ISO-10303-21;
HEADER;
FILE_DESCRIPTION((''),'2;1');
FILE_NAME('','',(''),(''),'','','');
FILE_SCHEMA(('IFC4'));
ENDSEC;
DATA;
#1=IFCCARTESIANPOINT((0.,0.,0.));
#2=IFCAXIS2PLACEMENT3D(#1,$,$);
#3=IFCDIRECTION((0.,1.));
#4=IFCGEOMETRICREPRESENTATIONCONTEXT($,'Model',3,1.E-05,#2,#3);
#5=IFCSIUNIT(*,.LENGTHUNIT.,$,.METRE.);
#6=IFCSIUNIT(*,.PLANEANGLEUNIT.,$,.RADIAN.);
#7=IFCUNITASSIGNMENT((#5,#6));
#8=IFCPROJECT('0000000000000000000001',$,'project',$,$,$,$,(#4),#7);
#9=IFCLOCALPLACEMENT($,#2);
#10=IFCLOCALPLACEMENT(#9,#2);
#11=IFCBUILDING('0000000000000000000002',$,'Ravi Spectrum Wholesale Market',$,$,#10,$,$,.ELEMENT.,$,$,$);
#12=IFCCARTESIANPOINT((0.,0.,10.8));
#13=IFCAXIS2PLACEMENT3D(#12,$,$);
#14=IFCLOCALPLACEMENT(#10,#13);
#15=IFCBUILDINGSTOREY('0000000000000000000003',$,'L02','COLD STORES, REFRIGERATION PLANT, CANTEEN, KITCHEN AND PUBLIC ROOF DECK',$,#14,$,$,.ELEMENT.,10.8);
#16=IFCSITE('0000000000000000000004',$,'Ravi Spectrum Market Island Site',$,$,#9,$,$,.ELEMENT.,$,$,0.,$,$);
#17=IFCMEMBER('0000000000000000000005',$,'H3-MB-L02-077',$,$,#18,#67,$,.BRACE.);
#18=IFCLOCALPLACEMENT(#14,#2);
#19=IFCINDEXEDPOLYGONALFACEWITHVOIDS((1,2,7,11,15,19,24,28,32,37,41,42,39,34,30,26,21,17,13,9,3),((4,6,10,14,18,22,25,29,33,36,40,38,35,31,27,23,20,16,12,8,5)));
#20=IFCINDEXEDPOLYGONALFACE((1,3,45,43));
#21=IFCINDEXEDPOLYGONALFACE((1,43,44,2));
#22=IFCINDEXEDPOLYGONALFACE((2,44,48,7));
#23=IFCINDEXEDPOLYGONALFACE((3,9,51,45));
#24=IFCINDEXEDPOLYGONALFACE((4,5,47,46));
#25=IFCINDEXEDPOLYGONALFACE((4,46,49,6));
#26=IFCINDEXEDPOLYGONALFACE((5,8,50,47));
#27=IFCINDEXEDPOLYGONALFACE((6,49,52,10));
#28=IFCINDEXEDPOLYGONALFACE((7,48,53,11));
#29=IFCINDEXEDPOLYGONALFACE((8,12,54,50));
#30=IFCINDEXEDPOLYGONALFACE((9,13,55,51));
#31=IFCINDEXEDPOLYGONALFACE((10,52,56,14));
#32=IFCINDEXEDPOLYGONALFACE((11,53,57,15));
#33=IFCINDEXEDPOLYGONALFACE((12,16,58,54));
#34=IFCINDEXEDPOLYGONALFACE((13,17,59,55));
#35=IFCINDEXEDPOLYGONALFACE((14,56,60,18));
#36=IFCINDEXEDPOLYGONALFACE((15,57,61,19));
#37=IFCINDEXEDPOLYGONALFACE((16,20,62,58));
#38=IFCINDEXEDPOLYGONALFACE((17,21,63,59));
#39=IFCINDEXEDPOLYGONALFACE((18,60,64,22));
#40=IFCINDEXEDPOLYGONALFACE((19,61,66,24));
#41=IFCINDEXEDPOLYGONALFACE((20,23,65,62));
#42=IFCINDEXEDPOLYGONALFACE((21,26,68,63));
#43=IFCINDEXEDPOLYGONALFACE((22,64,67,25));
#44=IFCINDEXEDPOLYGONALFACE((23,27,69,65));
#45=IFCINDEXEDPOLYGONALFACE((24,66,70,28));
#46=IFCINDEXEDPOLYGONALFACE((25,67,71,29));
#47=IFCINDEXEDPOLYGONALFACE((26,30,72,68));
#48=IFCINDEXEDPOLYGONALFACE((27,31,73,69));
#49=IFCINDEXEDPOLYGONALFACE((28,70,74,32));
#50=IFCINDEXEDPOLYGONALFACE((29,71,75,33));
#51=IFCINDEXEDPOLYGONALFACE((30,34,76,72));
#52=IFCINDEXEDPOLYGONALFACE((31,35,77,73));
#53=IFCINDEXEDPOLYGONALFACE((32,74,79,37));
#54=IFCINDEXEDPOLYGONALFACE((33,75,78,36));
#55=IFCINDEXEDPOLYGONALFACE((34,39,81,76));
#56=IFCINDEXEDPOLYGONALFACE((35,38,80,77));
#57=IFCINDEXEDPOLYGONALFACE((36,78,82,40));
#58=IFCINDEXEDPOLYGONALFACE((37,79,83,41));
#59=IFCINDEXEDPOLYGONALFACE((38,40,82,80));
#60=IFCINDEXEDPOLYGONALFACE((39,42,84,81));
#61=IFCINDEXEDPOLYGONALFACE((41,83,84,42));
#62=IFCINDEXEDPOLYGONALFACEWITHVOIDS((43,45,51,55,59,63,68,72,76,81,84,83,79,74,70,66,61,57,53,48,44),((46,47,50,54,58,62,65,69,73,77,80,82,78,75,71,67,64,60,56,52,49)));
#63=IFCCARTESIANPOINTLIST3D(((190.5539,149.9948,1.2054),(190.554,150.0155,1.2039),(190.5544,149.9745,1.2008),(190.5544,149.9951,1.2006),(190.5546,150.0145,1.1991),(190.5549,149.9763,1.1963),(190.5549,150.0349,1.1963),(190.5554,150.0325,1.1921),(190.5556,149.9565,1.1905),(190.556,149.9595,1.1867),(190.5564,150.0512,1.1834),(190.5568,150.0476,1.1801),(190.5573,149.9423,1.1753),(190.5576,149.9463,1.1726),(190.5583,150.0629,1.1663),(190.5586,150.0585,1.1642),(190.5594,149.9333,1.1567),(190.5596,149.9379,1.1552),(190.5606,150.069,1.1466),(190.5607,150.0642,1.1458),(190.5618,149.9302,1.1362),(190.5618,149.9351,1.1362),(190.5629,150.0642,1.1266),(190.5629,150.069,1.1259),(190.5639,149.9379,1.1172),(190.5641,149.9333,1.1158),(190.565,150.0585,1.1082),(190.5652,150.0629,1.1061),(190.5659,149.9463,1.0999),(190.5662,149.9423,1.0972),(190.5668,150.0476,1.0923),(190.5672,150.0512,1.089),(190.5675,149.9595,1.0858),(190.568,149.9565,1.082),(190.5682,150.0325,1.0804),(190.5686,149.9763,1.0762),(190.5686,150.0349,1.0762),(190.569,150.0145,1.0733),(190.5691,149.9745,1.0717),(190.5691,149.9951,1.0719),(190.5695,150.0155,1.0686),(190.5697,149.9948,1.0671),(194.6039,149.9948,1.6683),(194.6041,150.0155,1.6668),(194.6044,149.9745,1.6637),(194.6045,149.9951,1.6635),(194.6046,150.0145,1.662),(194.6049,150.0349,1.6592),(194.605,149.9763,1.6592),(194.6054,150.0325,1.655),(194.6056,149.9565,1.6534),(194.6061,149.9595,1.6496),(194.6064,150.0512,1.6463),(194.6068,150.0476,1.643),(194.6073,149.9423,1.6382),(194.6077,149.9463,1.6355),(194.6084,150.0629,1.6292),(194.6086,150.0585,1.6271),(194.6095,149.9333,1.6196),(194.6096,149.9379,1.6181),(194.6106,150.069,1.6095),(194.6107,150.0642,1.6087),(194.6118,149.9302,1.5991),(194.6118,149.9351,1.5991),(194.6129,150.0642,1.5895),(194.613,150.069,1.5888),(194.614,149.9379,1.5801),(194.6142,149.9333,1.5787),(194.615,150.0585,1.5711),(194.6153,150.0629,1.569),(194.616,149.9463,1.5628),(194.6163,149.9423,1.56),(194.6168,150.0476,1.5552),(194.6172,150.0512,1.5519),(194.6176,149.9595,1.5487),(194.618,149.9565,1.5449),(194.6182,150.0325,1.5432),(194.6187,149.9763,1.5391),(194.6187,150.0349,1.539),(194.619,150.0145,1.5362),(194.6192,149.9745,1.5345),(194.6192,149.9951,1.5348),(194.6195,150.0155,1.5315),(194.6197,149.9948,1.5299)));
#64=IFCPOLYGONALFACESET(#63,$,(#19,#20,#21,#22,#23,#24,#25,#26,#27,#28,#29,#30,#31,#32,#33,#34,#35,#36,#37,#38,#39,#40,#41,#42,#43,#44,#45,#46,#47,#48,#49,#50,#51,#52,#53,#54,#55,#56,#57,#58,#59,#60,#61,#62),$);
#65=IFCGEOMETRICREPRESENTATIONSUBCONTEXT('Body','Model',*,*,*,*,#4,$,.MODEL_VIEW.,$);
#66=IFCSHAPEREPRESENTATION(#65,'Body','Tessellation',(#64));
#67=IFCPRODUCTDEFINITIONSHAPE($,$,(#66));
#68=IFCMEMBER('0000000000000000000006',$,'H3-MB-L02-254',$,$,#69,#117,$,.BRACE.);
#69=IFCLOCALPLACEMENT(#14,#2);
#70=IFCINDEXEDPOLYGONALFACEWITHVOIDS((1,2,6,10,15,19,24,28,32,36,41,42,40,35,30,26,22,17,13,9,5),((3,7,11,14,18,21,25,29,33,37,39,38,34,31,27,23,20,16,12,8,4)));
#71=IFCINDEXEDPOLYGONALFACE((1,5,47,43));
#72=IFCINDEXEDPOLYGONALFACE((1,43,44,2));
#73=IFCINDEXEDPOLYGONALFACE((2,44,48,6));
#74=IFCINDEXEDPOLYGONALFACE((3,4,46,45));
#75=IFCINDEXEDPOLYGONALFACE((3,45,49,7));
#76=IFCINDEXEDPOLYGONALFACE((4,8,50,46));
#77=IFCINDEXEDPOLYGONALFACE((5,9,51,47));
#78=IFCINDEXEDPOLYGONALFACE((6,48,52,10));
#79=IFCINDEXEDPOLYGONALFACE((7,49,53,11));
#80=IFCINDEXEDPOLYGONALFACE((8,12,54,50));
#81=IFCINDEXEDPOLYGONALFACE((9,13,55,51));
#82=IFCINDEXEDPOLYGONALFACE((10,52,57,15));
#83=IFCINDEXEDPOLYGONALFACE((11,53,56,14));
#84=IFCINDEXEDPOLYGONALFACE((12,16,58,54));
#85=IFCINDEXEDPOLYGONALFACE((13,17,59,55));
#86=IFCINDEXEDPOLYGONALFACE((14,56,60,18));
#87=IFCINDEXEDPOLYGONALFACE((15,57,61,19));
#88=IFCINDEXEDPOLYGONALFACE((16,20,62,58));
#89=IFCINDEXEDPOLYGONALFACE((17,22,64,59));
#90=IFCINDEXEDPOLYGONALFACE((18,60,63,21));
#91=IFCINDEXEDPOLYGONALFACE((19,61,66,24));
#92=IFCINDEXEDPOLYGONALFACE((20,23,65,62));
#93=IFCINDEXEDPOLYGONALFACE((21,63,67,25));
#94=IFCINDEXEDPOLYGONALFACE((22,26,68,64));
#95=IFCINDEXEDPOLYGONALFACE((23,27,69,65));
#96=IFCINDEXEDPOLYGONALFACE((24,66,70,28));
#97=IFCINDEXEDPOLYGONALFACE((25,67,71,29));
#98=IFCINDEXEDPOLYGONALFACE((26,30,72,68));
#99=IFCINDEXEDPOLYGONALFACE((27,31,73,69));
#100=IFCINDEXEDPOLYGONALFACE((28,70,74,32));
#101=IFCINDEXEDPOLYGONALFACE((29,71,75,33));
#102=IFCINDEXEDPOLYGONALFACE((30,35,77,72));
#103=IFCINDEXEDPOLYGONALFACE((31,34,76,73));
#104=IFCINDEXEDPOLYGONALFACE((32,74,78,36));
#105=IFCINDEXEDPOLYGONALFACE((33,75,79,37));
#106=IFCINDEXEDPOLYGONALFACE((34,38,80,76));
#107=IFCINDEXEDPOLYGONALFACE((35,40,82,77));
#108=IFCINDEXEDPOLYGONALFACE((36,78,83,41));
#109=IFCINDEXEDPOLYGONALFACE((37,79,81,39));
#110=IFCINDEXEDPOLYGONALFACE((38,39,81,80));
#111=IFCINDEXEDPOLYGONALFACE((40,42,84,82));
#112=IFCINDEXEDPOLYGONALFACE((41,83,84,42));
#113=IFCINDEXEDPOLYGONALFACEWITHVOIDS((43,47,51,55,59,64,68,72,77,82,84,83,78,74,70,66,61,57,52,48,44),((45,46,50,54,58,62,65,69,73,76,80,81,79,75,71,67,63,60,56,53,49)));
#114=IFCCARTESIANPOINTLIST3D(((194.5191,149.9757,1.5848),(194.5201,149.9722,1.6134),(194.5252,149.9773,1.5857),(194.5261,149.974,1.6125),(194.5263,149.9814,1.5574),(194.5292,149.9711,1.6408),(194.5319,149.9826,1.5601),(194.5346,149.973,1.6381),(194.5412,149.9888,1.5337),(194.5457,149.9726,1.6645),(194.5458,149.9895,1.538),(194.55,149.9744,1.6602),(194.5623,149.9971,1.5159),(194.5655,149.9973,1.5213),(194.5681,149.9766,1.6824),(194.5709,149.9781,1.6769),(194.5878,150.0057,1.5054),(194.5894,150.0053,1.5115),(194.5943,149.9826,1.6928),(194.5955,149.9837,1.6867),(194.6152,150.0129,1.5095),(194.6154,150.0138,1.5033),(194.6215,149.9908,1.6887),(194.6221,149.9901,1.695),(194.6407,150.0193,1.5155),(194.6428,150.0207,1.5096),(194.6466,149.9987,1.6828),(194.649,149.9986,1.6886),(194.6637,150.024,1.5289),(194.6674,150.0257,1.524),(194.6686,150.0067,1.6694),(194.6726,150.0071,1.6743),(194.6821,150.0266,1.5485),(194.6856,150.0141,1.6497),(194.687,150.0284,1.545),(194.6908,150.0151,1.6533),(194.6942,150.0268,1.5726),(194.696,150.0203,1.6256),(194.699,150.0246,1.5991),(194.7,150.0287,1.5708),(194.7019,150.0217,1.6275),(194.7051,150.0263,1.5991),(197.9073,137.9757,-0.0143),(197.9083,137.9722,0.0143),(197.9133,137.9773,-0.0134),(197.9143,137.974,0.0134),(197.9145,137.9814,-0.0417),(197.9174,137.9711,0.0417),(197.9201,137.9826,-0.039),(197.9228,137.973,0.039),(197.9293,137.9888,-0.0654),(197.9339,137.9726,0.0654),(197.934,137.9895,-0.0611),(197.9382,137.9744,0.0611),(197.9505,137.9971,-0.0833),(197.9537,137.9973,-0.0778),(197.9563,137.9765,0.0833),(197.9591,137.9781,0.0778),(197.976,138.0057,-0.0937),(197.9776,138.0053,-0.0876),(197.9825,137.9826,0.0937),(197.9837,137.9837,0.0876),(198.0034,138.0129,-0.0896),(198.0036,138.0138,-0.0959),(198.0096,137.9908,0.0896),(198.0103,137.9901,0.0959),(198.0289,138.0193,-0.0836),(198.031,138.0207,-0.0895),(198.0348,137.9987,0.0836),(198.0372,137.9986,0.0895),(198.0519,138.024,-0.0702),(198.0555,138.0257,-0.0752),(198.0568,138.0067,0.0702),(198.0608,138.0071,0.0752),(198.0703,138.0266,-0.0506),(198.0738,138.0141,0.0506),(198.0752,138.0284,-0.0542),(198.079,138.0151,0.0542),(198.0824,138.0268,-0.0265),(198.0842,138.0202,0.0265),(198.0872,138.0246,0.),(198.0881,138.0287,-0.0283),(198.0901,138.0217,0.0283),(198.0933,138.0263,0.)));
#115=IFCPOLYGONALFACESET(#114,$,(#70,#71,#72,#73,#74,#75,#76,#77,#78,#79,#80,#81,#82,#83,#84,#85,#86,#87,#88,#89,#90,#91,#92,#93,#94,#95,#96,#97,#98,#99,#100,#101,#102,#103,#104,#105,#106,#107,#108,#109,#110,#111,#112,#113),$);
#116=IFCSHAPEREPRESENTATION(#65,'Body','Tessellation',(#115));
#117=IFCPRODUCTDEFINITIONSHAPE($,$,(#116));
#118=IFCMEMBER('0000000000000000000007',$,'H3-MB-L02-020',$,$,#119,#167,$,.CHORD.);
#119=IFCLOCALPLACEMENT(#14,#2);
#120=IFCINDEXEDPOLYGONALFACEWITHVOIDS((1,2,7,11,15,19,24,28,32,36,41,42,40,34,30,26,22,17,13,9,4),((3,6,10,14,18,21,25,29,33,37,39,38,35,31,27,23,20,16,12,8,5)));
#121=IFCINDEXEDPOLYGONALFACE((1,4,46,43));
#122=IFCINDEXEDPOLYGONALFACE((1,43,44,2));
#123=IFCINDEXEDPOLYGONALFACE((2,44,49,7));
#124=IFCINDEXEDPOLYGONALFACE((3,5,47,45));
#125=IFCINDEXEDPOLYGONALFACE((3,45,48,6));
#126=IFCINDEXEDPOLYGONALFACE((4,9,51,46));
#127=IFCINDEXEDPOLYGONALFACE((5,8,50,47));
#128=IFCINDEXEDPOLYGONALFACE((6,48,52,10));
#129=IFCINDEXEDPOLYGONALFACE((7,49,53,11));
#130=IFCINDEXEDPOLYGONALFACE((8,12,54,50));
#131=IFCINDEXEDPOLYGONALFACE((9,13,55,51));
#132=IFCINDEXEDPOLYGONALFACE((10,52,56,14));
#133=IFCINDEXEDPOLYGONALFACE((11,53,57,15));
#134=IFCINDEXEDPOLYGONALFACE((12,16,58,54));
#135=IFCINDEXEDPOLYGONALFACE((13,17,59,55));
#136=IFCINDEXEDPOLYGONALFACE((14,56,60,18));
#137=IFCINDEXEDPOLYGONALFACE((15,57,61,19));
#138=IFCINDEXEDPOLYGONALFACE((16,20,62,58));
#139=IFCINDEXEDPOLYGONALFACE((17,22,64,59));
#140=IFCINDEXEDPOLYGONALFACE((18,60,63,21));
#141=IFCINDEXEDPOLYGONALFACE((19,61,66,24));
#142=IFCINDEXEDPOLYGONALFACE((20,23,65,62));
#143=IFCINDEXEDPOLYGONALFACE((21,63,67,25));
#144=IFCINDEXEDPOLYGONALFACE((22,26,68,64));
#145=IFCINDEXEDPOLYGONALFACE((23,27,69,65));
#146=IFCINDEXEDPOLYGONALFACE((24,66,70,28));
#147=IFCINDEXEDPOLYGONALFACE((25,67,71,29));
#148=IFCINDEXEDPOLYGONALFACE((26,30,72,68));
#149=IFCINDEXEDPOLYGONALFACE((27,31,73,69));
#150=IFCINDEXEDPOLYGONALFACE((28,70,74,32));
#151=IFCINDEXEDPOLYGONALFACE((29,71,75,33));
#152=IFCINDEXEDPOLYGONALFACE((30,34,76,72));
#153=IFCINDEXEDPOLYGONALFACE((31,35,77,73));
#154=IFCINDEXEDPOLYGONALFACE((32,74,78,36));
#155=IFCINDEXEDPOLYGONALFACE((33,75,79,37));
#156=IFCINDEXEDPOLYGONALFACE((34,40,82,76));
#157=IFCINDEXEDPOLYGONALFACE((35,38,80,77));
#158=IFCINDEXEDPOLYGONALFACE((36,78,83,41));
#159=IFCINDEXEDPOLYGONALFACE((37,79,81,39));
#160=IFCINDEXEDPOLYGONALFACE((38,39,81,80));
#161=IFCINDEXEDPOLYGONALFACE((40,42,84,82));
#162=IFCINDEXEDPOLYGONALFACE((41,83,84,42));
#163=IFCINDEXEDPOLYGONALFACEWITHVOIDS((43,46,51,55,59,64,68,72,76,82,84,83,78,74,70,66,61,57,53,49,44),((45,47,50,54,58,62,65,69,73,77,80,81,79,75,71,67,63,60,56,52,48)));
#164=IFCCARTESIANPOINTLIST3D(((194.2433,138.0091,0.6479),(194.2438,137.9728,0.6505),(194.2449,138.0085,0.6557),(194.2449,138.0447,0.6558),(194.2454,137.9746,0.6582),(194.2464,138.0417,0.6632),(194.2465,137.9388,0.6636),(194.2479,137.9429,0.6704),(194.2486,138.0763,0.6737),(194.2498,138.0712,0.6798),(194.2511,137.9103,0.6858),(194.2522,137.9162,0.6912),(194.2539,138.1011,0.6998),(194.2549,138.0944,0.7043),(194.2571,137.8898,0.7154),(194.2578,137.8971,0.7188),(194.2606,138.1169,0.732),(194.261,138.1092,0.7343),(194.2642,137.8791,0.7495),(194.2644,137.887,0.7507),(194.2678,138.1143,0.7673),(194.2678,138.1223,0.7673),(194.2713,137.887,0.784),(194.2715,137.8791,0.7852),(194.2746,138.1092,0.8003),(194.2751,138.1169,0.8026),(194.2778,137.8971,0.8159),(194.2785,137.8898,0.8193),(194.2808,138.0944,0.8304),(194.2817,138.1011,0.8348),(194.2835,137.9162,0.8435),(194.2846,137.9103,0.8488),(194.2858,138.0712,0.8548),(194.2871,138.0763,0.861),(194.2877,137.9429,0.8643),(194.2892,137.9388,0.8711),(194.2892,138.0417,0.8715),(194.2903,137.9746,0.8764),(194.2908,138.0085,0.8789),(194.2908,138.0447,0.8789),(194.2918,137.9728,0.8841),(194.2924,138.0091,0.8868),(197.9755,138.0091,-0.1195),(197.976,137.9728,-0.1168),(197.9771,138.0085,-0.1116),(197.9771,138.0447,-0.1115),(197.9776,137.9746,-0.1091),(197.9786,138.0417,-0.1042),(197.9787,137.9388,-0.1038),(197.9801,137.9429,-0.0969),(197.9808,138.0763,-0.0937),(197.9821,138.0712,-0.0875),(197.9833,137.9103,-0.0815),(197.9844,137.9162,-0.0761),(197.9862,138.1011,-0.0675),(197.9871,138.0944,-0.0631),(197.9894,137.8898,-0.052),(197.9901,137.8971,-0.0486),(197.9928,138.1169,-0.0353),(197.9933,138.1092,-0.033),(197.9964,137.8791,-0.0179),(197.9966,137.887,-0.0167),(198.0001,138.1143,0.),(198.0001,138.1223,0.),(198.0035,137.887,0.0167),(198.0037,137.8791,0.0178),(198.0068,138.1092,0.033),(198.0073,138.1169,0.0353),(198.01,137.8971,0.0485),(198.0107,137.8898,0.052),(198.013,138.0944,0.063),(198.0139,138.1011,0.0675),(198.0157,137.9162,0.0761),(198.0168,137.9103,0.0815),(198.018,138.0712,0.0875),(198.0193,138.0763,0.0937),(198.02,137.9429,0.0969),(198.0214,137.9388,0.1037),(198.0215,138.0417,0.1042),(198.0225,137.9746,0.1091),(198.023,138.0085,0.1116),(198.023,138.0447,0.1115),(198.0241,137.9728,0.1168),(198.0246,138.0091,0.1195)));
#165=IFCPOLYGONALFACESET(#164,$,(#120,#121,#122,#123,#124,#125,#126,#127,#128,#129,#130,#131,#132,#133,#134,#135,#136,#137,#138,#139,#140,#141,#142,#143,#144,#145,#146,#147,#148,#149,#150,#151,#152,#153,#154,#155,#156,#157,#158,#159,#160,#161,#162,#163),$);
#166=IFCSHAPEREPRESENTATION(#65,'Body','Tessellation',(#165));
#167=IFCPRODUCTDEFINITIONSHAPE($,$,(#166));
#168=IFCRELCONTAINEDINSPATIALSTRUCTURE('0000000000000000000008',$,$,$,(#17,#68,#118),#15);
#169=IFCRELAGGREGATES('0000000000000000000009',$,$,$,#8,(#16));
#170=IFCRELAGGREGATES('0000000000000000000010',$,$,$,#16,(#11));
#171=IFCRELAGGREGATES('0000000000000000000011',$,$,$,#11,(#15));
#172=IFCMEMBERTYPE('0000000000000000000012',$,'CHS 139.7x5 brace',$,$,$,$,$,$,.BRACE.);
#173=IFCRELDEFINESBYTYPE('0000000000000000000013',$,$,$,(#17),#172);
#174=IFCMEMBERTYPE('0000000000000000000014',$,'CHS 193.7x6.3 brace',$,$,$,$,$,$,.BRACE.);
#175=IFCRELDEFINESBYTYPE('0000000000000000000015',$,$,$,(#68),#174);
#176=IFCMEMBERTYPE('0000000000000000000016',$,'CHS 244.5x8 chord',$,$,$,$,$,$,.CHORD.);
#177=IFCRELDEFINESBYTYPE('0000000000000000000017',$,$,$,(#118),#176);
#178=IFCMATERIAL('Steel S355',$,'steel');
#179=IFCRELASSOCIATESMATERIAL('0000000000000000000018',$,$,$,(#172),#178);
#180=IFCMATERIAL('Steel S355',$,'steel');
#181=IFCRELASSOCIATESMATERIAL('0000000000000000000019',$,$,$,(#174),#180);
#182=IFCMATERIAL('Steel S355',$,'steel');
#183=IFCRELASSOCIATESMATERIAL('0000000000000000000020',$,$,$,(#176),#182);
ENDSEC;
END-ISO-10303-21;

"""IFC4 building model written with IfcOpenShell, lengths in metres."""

from ifc_helpers import new_model, si_unit, direction, frame, origin, origin_2d, place, context, subcontext, project, spatial, hollow_circle, extrude, material, material_profile, profile_set, type_object, element, save


model = new_model("IFC4")

# Units and contexts
model_context = context("Model", 3, precision=1e-05, world=origin(), true_north=direction((0.0, 1.0)))
body_context = subcontext(model_context, "Body", "Model", "MODEL_VIEW")
ifc_project = project(units=[si_unit("LENGTHUNIT", "METRE"), si_unit("PLANEANGLEUNIT", "RADIAN")], contexts=[model_context])

# Site, building, storey
site_placement = place(None, origin())
site = spatial("IfcSite", under=ifc_project, at=site_placement, Name="Ravi Spectrum Market Island Site", CompositionType="ELEMENT", RefElevation=0.0)
building_placement = place(site_placement, origin())
building = spatial("IfcBuilding", under=site, at=building_placement, Name="Ravi Spectrum Wholesale Market", CompositionType="ELEMENT")
storey_placement = place(building_placement, frame((0.0, 0.0, 10.8)))
storey = spatial("IfcBuildingStorey", under=building, at=storey_placement, Name="L02", Description="COLD STORES, REFRIGERATION PLANT, CANTEEN, KITCHEN AND PUBLIC ROOF DECK", CompositionType="ELEMENT", Elevation=10.8)

# Members
ifc_material_1 = material(Name="Steel S355", Category="steel")
ifc_material_profile_1 = material_profile(ifc_material_1, hollow_circle(Radius=0.0698, WallThickness=0.0049, at=origin_2d()))
ifc_profile_set_1 = profile_set([ifc_material_profile_1], Name="Steel S355")
member_type_1 = type_object("IfcMemberType", Name="CHS 139.7x5 brace", PredefinedType="BRACE", material=ifc_profile_set_1)
for number, where, z_axis, x_axis, name in (
    (1, (194.6118, 150.0, 1.5991), (-0.993532, 0.0, -0.113553), (0.0, -1.0, 0.0), "H3-MB-L02-077"),
):
    element("IfcMember", number, at=place(storey_placement, frame(where, z_axis=z_axis, x_axis=x_axis)), inside=storey, type_object=member_type_1, Name=name, PredefinedType="BRACE", context=body_context, shape_type="SweptSolid", body=[
        extrude(hollow_circle(Radius=0.0698, WallThickness=0.0049, at=origin_2d()), origin(), (0.0, 0.0, 1.0), 4.0764),
    ])
ifc_material_2 = material(Name="Steel S355", Category="steel")
ifc_material_profile_2 = material_profile(ifc_material_2, hollow_circle(Radius=0.0969, WallThickness=0.0063, at=origin_2d()))
ifc_profile_set_2 = profile_set([ifc_material_profile_2], Name="Steel S355")
member_type_2 = type_object("IfcMemberType", Name="CHS 193.7x6.3 brace", PredefinedType="BRACE", material=ifc_profile_set_2)
member_1_placement = place(storey_placement, frame((194.6118, 150.0, 1.5991), z_axis=(0.269518, -0.954557, -0.127204), x_axis=(0.962375, 0.271725, 0.0)))
element("IfcMember", 2, at=member_1_placement, inside=storey, type_object=member_type_2, Name="H3-MB-L02-254", PredefinedType="BRACE", context=body_context, shape_type="SweptSolid", body=[
    extrude(hollow_circle(Radius=0.0969, WallThickness=0.0063, at=origin_2d()), origin(), (0.0, 0.0, 1.0), 12.5713),
])
ifc_material_3 = material(Name="Steel S355", Category="steel")
ifc_material_profile_3 = material_profile(ifc_material_3, hollow_circle(Radius=0.1223, WallThickness=0.0081, at=origin_2d()))
ifc_profile_set_3 = profile_set([ifc_material_profile_3], Name="Steel S355")
member_type_3 = type_object("IfcMemberType", Name="CHS 244.5x8 chord", PredefinedType="CHORD", material=ifc_profile_set_3)
for number, where, z_axis, x_axis, name in (
    (3, (194.2678, 138.0, 0.7673), (0.979512, 0.0, -0.201387), (0.0, 1.0, 0.0), "H3-MB-L02-020"),
):
    element("IfcMember", number, at=place(storey_placement, frame(where, z_axis=z_axis, x_axis=x_axis)), inside=storey, type_object=member_type_3, Name=name, PredefinedType="CHORD", context=body_context, shape_type="SweptSolid", body=[
        extrude(hollow_circle(Radius=0.1223, WallThickness=0.0081, at=origin_2d()), origin(), (0.0, 0.0, 1.0), 3.8103),
    ])

save(model, "model.ifc")
